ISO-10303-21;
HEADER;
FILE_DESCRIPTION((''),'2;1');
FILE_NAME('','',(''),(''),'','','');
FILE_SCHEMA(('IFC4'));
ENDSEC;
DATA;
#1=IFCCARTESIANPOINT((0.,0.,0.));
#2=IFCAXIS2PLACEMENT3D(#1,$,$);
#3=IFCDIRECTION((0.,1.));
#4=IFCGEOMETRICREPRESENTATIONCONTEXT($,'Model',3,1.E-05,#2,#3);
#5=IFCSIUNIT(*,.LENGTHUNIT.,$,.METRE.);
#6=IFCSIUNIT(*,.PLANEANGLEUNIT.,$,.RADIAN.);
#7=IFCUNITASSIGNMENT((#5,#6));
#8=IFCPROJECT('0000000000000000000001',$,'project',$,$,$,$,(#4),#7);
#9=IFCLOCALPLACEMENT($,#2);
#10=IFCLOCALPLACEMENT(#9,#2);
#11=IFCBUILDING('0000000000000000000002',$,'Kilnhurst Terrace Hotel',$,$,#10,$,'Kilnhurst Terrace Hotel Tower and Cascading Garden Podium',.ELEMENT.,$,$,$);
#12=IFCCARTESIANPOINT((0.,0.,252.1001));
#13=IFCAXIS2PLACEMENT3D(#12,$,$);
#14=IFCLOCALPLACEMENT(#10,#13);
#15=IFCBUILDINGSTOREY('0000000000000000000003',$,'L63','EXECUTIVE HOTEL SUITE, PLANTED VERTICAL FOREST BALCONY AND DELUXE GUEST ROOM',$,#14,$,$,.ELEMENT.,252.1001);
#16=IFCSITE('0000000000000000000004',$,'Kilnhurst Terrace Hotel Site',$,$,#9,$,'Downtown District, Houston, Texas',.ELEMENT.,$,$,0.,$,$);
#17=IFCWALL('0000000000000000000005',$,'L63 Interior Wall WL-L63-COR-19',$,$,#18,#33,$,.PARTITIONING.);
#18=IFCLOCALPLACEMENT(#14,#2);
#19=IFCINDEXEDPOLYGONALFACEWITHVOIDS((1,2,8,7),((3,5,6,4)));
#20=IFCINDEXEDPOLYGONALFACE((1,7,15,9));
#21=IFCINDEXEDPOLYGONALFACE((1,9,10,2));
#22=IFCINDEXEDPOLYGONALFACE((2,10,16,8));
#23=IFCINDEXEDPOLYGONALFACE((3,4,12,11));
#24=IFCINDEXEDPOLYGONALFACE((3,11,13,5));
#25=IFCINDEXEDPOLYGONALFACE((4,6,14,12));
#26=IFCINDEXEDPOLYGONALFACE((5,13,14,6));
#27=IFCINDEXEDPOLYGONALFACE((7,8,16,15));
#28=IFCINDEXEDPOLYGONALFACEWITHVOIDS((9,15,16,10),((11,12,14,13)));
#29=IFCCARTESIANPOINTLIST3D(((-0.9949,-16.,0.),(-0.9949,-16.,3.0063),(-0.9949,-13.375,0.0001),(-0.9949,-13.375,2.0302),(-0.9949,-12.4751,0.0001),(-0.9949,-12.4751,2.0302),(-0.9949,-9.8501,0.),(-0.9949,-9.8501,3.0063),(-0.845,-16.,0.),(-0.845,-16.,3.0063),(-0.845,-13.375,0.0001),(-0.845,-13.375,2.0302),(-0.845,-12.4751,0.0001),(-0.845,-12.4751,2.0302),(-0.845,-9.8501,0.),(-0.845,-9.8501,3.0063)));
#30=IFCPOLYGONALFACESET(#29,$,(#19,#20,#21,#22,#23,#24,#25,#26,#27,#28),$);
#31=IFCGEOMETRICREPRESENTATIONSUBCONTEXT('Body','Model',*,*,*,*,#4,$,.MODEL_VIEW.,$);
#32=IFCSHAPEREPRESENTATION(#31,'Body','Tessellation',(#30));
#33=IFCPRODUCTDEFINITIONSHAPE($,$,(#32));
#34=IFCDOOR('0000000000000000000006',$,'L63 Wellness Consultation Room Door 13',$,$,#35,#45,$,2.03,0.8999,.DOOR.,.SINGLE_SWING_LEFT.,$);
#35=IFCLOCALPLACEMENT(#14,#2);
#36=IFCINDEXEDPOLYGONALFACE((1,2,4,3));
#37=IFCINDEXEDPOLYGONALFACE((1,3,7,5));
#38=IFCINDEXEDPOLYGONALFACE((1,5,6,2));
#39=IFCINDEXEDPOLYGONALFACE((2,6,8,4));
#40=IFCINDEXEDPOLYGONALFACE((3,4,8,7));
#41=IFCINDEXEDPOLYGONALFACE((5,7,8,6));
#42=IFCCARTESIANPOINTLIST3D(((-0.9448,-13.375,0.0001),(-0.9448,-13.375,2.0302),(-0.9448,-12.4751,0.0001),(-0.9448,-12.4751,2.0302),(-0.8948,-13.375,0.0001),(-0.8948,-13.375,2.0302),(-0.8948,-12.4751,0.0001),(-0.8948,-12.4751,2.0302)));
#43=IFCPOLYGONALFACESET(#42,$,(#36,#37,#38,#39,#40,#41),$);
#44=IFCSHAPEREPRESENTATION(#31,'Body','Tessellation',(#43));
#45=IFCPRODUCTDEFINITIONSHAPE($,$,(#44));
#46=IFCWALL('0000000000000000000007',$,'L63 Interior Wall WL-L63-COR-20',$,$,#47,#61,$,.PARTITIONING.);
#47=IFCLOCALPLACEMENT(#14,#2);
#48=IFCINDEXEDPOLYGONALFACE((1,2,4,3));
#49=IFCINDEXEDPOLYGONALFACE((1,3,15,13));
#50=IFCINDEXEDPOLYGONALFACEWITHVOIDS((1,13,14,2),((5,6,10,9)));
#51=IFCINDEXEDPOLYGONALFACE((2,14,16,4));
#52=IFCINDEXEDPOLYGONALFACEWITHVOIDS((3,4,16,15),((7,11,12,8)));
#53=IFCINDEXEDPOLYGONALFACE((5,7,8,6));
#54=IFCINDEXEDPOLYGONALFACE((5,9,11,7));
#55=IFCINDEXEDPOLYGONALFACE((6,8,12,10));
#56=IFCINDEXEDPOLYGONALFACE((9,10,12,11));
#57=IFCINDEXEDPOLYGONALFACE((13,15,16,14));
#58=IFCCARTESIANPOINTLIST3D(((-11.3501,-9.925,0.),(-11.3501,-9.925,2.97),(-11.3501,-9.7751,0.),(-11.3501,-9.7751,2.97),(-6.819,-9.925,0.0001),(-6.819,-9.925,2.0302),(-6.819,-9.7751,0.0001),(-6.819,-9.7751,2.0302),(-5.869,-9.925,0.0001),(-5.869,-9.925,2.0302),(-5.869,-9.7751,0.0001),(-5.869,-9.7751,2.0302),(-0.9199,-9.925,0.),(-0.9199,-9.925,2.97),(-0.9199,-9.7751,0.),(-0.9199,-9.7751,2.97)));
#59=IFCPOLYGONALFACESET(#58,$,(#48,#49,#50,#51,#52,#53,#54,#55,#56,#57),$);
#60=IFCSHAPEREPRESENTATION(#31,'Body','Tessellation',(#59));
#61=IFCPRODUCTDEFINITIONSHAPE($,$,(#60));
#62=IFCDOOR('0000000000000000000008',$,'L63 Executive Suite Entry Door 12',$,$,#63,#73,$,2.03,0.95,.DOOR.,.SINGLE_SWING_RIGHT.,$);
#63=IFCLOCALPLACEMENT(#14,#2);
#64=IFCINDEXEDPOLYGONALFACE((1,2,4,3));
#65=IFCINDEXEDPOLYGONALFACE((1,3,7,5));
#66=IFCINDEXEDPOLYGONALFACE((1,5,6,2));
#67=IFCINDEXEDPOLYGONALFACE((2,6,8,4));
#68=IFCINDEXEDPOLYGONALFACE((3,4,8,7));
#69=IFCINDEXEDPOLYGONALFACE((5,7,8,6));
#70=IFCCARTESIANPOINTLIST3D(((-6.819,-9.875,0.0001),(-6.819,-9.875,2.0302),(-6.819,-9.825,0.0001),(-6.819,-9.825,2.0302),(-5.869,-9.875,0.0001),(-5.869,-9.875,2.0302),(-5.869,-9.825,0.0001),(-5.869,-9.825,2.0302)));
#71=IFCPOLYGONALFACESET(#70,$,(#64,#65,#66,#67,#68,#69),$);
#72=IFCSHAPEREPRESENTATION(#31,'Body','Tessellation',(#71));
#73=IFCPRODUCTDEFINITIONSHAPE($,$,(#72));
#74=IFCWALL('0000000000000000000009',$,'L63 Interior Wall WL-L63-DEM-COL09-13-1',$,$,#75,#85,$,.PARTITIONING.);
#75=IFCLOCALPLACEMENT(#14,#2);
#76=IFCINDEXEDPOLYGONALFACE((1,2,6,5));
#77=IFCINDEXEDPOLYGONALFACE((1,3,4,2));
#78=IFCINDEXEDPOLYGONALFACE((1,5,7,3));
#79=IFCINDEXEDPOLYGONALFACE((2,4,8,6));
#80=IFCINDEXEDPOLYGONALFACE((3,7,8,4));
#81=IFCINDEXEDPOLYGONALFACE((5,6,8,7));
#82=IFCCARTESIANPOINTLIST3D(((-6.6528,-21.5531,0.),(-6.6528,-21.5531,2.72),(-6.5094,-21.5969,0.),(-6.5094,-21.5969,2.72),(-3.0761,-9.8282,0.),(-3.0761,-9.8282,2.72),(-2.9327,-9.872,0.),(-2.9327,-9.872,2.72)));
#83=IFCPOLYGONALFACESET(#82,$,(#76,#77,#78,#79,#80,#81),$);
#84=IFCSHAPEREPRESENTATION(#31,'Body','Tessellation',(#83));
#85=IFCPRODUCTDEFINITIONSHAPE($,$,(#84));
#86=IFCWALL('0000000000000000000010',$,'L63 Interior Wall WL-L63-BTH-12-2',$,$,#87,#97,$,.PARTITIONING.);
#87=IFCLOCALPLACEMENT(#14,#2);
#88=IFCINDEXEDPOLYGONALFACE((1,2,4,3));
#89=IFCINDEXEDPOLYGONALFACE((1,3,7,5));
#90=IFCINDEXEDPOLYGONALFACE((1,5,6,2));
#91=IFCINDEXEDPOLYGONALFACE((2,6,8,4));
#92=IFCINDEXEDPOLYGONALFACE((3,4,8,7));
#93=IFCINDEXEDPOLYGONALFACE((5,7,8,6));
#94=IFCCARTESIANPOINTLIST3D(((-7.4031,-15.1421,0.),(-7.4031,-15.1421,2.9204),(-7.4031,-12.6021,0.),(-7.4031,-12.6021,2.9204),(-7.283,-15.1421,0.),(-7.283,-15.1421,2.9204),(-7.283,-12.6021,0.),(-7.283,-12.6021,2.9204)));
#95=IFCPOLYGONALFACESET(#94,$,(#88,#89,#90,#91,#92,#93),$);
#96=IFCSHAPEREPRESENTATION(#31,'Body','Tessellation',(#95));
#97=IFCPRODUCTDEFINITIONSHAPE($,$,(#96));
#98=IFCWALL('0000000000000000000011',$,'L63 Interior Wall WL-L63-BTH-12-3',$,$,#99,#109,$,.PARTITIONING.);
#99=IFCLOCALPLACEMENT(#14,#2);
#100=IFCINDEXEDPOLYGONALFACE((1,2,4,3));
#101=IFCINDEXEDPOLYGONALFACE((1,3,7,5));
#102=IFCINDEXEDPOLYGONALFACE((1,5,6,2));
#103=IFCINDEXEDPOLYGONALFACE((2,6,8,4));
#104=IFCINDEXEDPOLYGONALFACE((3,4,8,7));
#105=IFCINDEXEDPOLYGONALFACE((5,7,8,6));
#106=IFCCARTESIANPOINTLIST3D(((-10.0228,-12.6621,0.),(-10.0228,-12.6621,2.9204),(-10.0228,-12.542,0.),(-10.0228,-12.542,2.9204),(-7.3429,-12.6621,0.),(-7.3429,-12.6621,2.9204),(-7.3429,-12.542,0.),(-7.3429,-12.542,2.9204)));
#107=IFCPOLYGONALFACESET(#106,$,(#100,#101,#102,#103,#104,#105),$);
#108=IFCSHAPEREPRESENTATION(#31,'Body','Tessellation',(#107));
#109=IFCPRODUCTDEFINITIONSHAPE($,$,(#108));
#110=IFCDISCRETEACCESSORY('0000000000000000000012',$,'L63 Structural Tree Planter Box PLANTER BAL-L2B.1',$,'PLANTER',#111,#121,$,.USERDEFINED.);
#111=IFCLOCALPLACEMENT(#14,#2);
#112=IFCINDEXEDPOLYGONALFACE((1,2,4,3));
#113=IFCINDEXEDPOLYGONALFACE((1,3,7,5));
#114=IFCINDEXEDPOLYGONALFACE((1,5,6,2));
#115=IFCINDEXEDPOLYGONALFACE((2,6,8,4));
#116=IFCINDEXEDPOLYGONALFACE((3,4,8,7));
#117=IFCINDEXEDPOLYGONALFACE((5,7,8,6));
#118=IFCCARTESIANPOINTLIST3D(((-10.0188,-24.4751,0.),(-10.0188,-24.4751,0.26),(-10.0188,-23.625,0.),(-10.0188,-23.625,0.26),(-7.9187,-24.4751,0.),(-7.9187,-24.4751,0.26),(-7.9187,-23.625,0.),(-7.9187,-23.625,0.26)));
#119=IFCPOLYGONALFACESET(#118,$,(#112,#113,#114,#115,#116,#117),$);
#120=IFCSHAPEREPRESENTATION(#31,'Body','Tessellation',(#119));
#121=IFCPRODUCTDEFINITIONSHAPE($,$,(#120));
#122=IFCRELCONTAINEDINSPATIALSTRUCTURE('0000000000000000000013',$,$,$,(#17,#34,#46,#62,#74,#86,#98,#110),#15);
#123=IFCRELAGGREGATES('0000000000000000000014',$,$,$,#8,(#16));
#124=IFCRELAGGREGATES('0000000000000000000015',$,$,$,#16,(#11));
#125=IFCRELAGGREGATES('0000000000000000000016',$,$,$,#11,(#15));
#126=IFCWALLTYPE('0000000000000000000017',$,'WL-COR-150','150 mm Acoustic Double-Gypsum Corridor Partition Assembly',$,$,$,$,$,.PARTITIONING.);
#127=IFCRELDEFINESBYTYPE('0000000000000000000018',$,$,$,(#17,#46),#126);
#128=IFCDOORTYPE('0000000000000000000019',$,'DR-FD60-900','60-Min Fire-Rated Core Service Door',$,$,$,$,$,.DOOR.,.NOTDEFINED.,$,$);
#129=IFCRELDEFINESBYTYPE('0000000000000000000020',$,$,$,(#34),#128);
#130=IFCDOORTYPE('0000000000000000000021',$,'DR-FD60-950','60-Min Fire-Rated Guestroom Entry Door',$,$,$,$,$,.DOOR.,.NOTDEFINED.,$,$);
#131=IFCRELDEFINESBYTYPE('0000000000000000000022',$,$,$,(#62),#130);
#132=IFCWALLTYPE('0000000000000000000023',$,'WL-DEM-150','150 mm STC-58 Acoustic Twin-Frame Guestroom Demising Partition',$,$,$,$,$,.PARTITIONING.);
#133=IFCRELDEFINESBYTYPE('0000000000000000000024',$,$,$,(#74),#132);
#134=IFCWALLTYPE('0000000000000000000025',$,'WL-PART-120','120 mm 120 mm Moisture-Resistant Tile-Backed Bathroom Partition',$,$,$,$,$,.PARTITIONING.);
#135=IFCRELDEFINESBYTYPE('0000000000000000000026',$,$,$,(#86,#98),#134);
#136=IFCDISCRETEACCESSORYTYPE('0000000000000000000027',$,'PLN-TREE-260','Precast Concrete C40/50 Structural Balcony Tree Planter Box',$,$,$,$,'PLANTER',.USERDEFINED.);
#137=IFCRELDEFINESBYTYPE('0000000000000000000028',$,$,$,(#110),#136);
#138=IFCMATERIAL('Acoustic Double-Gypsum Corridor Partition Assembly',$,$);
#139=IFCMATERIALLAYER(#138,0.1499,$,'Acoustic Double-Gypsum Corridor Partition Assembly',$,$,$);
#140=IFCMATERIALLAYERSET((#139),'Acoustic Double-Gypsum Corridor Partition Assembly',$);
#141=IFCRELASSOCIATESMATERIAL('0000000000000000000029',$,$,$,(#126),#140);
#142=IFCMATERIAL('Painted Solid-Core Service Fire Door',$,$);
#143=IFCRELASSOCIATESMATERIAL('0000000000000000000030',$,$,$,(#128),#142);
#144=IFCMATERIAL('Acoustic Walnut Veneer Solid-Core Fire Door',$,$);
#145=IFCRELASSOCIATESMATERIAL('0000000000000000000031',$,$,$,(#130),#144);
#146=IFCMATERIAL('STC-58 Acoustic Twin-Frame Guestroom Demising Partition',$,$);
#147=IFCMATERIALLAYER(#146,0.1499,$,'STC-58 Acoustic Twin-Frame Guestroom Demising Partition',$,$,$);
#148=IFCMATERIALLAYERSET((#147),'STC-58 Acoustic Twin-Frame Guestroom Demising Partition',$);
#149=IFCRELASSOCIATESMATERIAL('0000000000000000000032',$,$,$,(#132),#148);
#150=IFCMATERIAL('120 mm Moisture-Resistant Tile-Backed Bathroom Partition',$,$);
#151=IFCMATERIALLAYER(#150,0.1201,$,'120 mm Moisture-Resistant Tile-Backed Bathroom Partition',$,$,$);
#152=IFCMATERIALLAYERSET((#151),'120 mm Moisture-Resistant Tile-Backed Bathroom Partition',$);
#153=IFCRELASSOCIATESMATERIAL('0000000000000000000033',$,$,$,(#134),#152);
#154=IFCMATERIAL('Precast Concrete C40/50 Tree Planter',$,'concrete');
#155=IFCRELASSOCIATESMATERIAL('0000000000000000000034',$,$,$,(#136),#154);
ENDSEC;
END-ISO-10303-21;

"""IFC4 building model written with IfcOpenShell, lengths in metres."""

from ifc_helpers import new_model, si_unit, direction, frame, frame_2d, origin, origin_2d, place, context, subcontext, project, spatial, rectangle, extrude, material, layer, layer_set, type_object, element, fill, save


model = new_model("IFC4")

# Units and contexts
model_context = context("Model", 3, precision=1e-05, world=origin(), true_north=direction((0.0, 1.0)))
body_context = subcontext(model_context, "Body", "Model", "MODEL_VIEW")
ifc_project = project(units=[si_unit("LENGTHUNIT", "METRE"), si_unit("PLANEANGLEUNIT", "RADIAN")], contexts=[model_context])

# Site, building, storey
site_placement = place(None, origin())
site = spatial("IfcSite", under=ifc_project, at=site_placement, Name="Kilnhurst Terrace Hotel Site", LongName="Downtown District, Houston, Texas", CompositionType="ELEMENT", RefElevation=0.0)
building_placement = place(site_placement, origin())
building = spatial("IfcBuilding", under=site, at=building_placement, Name="Kilnhurst Terrace Hotel", LongName="Kilnhurst Terrace Hotel Tower and Cascading Garden Podium", CompositionType="ELEMENT")
storey_placement = place(building_placement, frame((0.0, 0.0, 252.1001)))
storey = spatial("IfcBuildingStorey", under=building, at=storey_placement, Name="L63", Description="EXECUTIVE HOTEL SUITE, PLANTED VERTICAL FOREST BALCONY AND DELUXE GUEST ROOM", CompositionType="ELEMENT", Elevation=252.1001)

# Walls, openings, doors
ifc_material_1 = material(Name="Acoustic Double-Gypsum Corridor Partition Assembly")
ifc_layer_1 = layer(ifc_material_1, 0.1499, Name="Acoustic Double-Gypsum Corridor Partition Assembly")
ifc_layer_set_1 = layer_set([ifc_layer_1], Name="Acoustic Double-Gypsum Corridor Partition Assembly")
wall_type_1 = type_object("IfcWallType", Name="WL-COR-150", Description="150 mm Acoustic Double-Gypsum Corridor Partition Assembly", PredefinedType="PARTITIONING", material=ifc_layer_set_1)
wall_1_placement = place(storey_placement, frame((-0.9199, -16.0, 0.0), z_axis=(0.0, 0.0, 1.0), x_axis=(0.0, 1.0, 0.0)))
wall_1 = element("IfcWall", 1, at=wall_1_placement, inside=storey, type_object=wall_type_1, Name="L63 Interior Wall WL-L63-COR-19", PredefinedType="PARTITIONING", context=body_context, shape_type="SweptSolid", body=[
    extrude(rectangle(XDim=6.1499, YDim=0.1499, at=frame_2d((3.075, 0.0))), origin(), (0.0, 0.0, 1.0), 3.0063),
])
opening_1_placement = place(wall_1_placement, frame((2.625, 0.0, 0.0)))
opening_1 = element("IfcOpeningElement", 2, at=opening_1_placement, cuts=wall_1, PredefinedType="OPENING", context=body_context, shape_type="SweptSolid", body=[
    extrude(rectangle(XDim=0.8999, YDim=2.03, at=frame_2d((0.45, 1.0151))), frame((0.0, 0.085, 0.0), z_axis=(0.0, -1.0, 0.0), x_axis=(1.0, 0.0, 0.0)), (0.0, 0.0, 1.0), 0.1699),
])
ifc_material_2 = material(Name="Painted Solid-Core Service Fire Door")
door_type_1 = type_object("IfcDoorType", Name="DR-FD60-900", Description="60-Min Fire-Rated Core Service Door", OperationType="NOTDEFINED", PredefinedType="DOOR", material=ifc_material_2)
door_1_placement = place(opening_1_placement, origin())
door_1 = element("IfcDoor", 3, at=door_1_placement, inside=storey, type_object=door_type_1, Name="L63 Wellness Consultation Room Door 13", OperationType="SINGLE_SWING_LEFT", OverallHeight=2.03, OverallWidth=0.8999, PredefinedType="DOOR", context=body_context, shape_type="SweptSolid", body=[
    extrude(rectangle(XDim=0.8999, YDim=2.03, at=frame_2d((0.45, 1.0151))), frame((0.0, 0.0249, 0.0), z_axis=(0.0, -1.0, 0.0), x_axis=(1.0, 0.0, 0.0)), (0.0, 0.0, 1.0), 0.05),
])
fill(opening_1, door_1)
wall_2_placement = place(storey_placement, frame((-0.9199, -9.8501, 0.0), z_axis=(0.0, 0.0, 1.0), x_axis=(-1.0, 0.0, 0.0)))
wall_2 = element("IfcWall", 4, at=wall_2_placement, inside=storey, type_object=wall_type_1, Name="L63 Interior Wall WL-L63-COR-20", PredefinedType="PARTITIONING", context=body_context, shape_type="SweptSolid", body=[
    extrude(rectangle(XDim=10.4302, YDim=0.1499, at=frame_2d((5.2151, 0.0))), origin(), (0.0, 0.0, 1.0), 2.97),
])
opening_2_placement = place(wall_2_placement, frame((4.949, 0.0, 0.0)))
opening_2 = element("IfcOpeningElement", 5, at=opening_2_placement, cuts=wall_2, PredefinedType="OPENING", context=body_context, shape_type="SweptSolid", body=[
    extrude(rectangle(XDim=0.95, YDim=2.03, at=frame_2d((0.4751, 1.0151))), frame((0.0, 0.085, 0.0), z_axis=(0.0, -1.0, 0.0), x_axis=(1.0, 0.0, 0.0)), (0.0, 0.0, 1.0), 0.1699),
])
ifc_material_3 = material(Name="Acoustic Walnut Veneer Solid-Core Fire Door")
door_type_2 = type_object("IfcDoorType", Name="DR-FD60-950", Description="60-Min Fire-Rated Guestroom Entry Door", OperationType="NOTDEFINED", PredefinedType="DOOR", material=ifc_material_3)
door_2_placement = place(opening_2_placement, origin())
door_2 = element("IfcDoor", 6, at=door_2_placement, inside=storey, type_object=door_type_2, Name="L63 Executive Suite Entry Door 12", OperationType="SINGLE_SWING_RIGHT", OverallHeight=2.03, OverallWidth=0.95, PredefinedType="DOOR", context=body_context, shape_type="SweptSolid", body=[
    extrude(rectangle(XDim=0.95, YDim=2.03, at=frame_2d((0.4751, 1.0151))), frame((0.0, 0.0249, 0.0), z_axis=(0.0, -1.0, 0.0), x_axis=(1.0, 0.0, 0.0)), (0.0, 0.0, 1.0), 0.05),
])
fill(opening_2, door_2)

# Walls
ifc_material_4 = material(Name="STC-58 Acoustic Twin-Frame Guestroom Demising Partition")
ifc_layer_2 = layer(ifc_material_4, 0.1499, Name="STC-58 Acoustic Twin-Frame Guestroom Demising Partition")
ifc_layer_set_2 = layer_set([ifc_layer_2], Name="STC-58 Acoustic Twin-Frame Guestroom Demising Partition")
wall_type_2 = type_object("IfcWallType", Name="WL-DEM-150", Description="150 mm STC-58 Acoustic Twin-Frame Guestroom Demising Partition", PredefinedType="PARTITIONING", material=ifc_layer_set_2)
wall_3_placement = place(storey_placement, frame((-3.0044, -9.8501, 0.0), z_axis=(0.0, 0.0, 1.0), x_axis=(-0.291776, -0.956487, 0.0)))
element("IfcWall", 7, at=wall_3_placement, inside=storey, type_object=wall_type_2, Name="L63 Interior Wall WL-L63-DEM-COL09-13-1", PredefinedType="PARTITIONING", context=body_context, shape_type="SweptSolid", body=[
    extrude(rectangle(XDim=12.2583, YDim=0.1499, at=frame_2d((6.1292, 0.0))), origin(), (0.0, 0.0, 1.0), 2.72),
])
ifc_material_5 = material(Name="120 mm Moisture-Resistant Tile-Backed Bathroom Partition")
ifc_layer_3 = layer(ifc_material_5, 0.1201, Name="120 mm Moisture-Resistant Tile-Backed Bathroom Partition")
ifc_layer_set_3 = layer_set([ifc_layer_3], Name="120 mm Moisture-Resistant Tile-Backed Bathroom Partition")
wall_type_3 = type_object("IfcWallType", Name="WL-PART-120", Description="120 mm 120 mm Moisture-Resistant Tile-Backed Bathroom Partition", PredefinedType="PARTITIONING", material=ifc_layer_set_3)
wall_4_placement = place(storey_placement, frame((-7.343, -15.1421, 0.0), z_axis=(0.0, 0.0, 1.0), x_axis=(0.0, 1.0, 0.0)))
element("IfcWall", 8, at=wall_4_placement, inside=storey, type_object=wall_type_3, Name="L63 Interior Wall WL-L63-BTH-12-2", PredefinedType="PARTITIONING", context=body_context, shape_type="SweptSolid", body=[
    extrude(rectangle(XDim=2.54, YDim=0.1201, at=frame_2d((1.27, 0.0))), origin(), (0.0, 0.0, 1.0), 2.9204),
])
wall_5_placement = place(storey_placement, frame((-7.343, -12.6021, 0.0), z_axis=(0.0, 0.0, 1.0), x_axis=(-1.0, 0.0, 0.0)))
element("IfcWall", 9, at=wall_5_placement, inside=storey, type_object=wall_type_3, Name="L63 Interior Wall WL-L63-BTH-12-3", PredefinedType="PARTITIONING", context=body_context, shape_type="SweptSolid", body=[
    extrude(rectangle(XDim=2.6799, YDim=0.1201, at=frame_2d((1.3398, 0.0))), origin(), (0.0, 0.0, 1.0), 2.9204),
])

# Discrete accessory
ifc_material_6 = material(Name="Precast Concrete C40/50 Tree Planter", Category="concrete")
discrete_accessory_type = type_object("IfcDiscreteAccessoryType", Name="PLN-TREE-260", Description="Precast Concrete C40/50 Structural Balcony Tree Planter Box", ElementType="PLANTER", PredefinedType="USERDEFINED", material=ifc_material_6)
discrete_accessory_placement = place(storey_placement, frame((-8.9688, -24.05, 0.0), z_axis=(0.0, 0.0, 1.0), x_axis=(1.0, 0.0, 0.0)))
element("IfcDiscreteAccessory", 10, at=discrete_accessory_placement, inside=storey, type_object=discrete_accessory_type, Name="L63 Structural Tree Planter Box PLANTER BAL-L2B.1", ObjectType="PLANTER", PredefinedType="USERDEFINED", context=body_context, shape_type="SweptSolid", body=[
    extrude(rectangle(XDim=2.1001, YDim=0.8501, at=origin_2d()), origin(), (0.0, 0.0, 1.0), 0.26),
])

save(model, "model.ifc")
